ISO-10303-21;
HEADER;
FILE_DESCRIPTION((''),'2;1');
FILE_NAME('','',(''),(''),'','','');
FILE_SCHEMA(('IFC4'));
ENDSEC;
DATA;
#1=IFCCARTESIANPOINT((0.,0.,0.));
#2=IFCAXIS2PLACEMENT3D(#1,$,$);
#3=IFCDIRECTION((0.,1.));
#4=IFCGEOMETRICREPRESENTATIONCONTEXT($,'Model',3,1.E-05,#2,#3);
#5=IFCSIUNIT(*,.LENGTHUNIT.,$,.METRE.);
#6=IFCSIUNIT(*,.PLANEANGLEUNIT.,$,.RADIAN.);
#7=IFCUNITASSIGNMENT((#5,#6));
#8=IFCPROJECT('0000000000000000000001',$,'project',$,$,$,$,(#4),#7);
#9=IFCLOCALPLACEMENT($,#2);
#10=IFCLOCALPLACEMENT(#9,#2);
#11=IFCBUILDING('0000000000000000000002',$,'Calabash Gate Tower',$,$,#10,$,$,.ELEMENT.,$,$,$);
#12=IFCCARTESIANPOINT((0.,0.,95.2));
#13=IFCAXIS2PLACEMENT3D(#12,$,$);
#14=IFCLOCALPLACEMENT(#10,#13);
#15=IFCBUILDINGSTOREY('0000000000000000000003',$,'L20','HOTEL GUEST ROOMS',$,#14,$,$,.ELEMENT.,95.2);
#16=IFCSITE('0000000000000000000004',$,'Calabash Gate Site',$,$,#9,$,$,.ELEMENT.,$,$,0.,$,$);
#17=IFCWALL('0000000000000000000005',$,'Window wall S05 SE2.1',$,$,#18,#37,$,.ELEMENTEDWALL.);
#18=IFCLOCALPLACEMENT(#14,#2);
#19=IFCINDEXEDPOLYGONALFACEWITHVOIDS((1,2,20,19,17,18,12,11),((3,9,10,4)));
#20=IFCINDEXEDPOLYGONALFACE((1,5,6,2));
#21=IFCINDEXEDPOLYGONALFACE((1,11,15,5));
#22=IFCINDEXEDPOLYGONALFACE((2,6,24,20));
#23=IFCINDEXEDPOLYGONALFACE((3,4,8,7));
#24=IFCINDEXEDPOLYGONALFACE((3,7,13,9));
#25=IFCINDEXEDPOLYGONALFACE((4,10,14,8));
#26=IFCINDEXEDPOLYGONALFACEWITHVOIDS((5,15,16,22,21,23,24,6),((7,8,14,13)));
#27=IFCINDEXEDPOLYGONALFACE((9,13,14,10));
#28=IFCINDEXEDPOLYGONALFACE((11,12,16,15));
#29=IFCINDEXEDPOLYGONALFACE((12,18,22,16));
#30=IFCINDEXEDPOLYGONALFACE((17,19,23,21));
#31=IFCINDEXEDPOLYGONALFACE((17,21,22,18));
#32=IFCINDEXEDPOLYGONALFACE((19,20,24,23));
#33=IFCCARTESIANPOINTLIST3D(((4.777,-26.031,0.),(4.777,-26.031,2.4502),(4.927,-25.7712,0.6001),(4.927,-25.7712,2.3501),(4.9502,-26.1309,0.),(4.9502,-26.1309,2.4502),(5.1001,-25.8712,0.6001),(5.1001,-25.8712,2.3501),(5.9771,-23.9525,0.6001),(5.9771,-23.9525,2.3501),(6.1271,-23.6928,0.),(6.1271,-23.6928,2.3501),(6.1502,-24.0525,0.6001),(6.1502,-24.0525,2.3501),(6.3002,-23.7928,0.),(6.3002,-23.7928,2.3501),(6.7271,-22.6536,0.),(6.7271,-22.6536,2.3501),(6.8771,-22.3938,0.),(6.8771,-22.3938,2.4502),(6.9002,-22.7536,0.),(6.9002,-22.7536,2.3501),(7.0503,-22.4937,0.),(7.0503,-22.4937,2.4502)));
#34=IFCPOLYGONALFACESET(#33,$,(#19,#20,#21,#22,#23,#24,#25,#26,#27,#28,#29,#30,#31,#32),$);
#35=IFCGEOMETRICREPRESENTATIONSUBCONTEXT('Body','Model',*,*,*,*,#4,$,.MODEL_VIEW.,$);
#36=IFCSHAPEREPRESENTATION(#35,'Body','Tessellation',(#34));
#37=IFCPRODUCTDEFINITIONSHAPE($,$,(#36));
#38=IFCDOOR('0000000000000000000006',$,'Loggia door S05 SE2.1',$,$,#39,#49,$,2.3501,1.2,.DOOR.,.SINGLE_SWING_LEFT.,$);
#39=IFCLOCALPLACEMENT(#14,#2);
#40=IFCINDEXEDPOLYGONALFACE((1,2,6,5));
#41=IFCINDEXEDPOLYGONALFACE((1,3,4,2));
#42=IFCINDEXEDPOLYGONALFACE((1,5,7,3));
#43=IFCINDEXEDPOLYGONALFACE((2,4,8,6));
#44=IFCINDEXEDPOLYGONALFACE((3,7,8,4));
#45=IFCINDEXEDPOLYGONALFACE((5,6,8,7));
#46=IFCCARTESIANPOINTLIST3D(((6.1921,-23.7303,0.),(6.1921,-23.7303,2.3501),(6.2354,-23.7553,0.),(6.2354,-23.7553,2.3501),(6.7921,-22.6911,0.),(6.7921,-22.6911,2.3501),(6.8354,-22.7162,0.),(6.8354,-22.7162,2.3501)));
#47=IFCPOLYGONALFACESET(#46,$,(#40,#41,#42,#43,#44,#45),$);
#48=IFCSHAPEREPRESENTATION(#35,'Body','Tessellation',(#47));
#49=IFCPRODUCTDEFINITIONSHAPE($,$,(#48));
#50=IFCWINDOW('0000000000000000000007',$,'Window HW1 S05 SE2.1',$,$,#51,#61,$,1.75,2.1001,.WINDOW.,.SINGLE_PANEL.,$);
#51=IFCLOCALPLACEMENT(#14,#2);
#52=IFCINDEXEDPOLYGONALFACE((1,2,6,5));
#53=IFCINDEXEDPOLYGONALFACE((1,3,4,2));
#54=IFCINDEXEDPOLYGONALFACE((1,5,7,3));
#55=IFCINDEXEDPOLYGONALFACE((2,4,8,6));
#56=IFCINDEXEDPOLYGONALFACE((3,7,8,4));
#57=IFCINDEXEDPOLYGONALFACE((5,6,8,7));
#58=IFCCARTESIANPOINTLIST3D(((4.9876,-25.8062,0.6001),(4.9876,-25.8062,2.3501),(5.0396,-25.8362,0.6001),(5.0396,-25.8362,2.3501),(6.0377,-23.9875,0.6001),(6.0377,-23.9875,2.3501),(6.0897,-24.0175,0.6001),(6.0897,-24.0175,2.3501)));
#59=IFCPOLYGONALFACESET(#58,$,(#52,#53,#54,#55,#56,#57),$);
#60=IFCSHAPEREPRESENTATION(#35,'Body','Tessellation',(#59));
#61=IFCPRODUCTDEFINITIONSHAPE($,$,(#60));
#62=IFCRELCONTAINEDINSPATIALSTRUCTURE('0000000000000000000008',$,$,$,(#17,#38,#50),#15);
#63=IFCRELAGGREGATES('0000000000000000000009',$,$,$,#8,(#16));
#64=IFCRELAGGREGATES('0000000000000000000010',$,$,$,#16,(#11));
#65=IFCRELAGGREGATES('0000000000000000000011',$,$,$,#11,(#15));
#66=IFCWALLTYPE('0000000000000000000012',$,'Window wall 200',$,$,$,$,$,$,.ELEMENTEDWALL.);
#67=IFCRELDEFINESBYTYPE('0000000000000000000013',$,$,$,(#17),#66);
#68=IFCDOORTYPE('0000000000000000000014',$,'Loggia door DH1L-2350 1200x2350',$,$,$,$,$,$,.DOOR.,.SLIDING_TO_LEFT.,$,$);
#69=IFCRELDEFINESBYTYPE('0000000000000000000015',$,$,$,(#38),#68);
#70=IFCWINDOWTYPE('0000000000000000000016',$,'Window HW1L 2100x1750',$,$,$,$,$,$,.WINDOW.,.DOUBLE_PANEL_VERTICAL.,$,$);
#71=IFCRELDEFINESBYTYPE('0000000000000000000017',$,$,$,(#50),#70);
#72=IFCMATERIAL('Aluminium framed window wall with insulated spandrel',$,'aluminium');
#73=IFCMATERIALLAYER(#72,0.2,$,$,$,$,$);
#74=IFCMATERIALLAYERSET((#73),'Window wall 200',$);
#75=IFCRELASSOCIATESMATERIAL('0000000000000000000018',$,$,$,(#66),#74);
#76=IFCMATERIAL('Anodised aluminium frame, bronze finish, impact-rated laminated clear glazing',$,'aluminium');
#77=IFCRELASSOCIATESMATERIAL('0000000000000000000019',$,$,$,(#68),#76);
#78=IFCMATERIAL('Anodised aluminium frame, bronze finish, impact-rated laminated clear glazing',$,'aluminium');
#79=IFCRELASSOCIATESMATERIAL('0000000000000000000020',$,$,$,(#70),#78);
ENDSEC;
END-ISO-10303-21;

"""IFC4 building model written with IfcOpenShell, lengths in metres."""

from ifc_helpers import new_model, si_unit, direction, frame, frame_2d, origin, place, context, subcontext, project, spatial, rectangle, extrude, material, layer, layer_set, type_object, element, fill, save


model = new_model("IFC4")

# Units and contexts
model_context = context("Model", 3, precision=1e-05, world=origin(), true_north=direction((0.0, 1.0)))
body_context = subcontext(model_context, "Body", "Model", "MODEL_VIEW")
ifc_project = project(units=[si_unit("LENGTHUNIT", "METRE"), si_unit("PLANEANGLEUNIT", "RADIAN")], contexts=[model_context])

# Site, building, storey
site_placement = place(None, origin())
site = spatial("IfcSite", under=ifc_project, at=site_placement, Name="Calabash Gate Site", CompositionType="ELEMENT", RefElevation=0.0)
building_placement = place(site_placement, origin())
building = spatial("IfcBuilding", under=site, at=building_placement, Name="Calabash Gate Tower", CompositionType="ELEMENT")
storey_placement = place(building_placement, frame((0.0, 0.0, 95.2)))
storey = spatial("IfcBuildingStorey", under=building, at=storey_placement, Name="L20", Description="HOTEL GUEST ROOMS", CompositionType="ELEMENT", Elevation=95.2)

# Wall, openings, door, window
ifc_material_1 = material(Name="Aluminium framed window wall with insulated spandrel", Category="aluminium")
ifc_layer_1 = layer(ifc_material_1, 0.2)
ifc_layer_set_1 = layer_set([ifc_layer_1], Name="Window wall 200")
wall_type_1 = type_object("IfcWallType", Name="Window wall 200", PredefinedType="ELEMENTEDWALL", material=ifc_layer_set_1)
wall_1_placement = place(storey_placement, frame((4.8635, -26.0811, 0.0), z_axis=(0.0, 0.0, 1.0), x_axis=(0.500028, 0.866009, 0.0)))
wall_1 = element("IfcWall", 1, at=wall_1_placement, inside=storey, type_object=wall_type_1, Name="Window wall S05 SE2.1", PredefinedType="ELEMENTEDWALL", context=body_context, shape_type="SweptSolid", body=[
    extrude(rectangle(XDim=4.2, YDim=0.2, at=frame_2d((2.1001, 0.0))), origin(), (0.0, 0.0, 1.0), 2.4502),
])
opening_1_placement = place(wall_1_placement, frame((0.3, 0.0, 0.6001)))
opening_1 = element("IfcOpeningElement", 2, at=opening_1_placement, cuts=wall_1, PredefinedType="OPENING", context=body_context, shape_type="SweptSolid", body=[
    extrude(rectangle(XDim=2.1001, YDim=1.75, at=frame_2d((1.05, 0.875))), frame((0.0, 0.1099, 0.0), z_axis=(0.0, -1.0, 0.0), x_axis=(1.0, 0.0, 0.0)), (0.0, 0.0, 1.0), 0.22),
])
opening_2_placement = place(wall_1_placement, frame((2.7, 0.0, 0.0)))
opening_2 = element("IfcOpeningElement", 3, at=opening_2_placement, cuts=wall_1, PredefinedType="OPENING", context=body_context, shape_type="SweptSolid", body=[
    extrude(rectangle(XDim=1.2, YDim=2.3501, at=frame_2d((0.6001, 1.175))), frame((0.0, 0.1099, 0.0), z_axis=(0.0, -1.0, 0.0), x_axis=(1.0, 0.0, 0.0)), (0.0, 0.0, 1.0), 0.22),
])
ifc_material_2 = material(Name="Anodised aluminium frame, bronze finish, impact-rated laminated clear glazing", Category="aluminium")
door_type_1 = type_object("IfcDoorType", Name="Loggia door DH1L-2350 1200x2350", OperationType="SLIDING_TO_LEFT", PredefinedType="DOOR", material=ifc_material_2)
door_1_placement = place(opening_2_placement, origin())
door_1 = element("IfcDoor", 4, at=door_1_placement, inside=storey, type_object=door_type_1, Name="Loggia door S05 SE2.1", OperationType="SINGLE_SWING_LEFT", OverallHeight=2.3501, OverallWidth=1.2, PredefinedType="DOOR", context=body_context, shape_type="SweptSolid", body=[
    extrude(rectangle(XDim=1.2, YDim=2.3501, at=frame_2d((0.6001, 1.175))), frame((0.0, 0.0249, 0.0), z_axis=(0.0, -1.0, 0.0), x_axis=(1.0, 0.0, 0.0)), (0.0, 0.0, 1.0), 0.05),
])
fill(opening_2, door_1)
ifc_material_3 = material(Name="Anodised aluminium frame, bronze finish, impact-rated laminated clear glazing", Category="aluminium")
window_type_1 = type_object("IfcWindowType", Name="Window HW1L 2100x1750", PartitioningType="DOUBLE_PANEL_VERTICAL", PredefinedType="WINDOW", material=ifc_material_3)
window_1_placement = place(opening_1_placement, origin())
window_1 = element("IfcWindow", 5, at=window_1_placement, inside=storey, type_object=window_type_1, Name="Window HW1 S05 SE2.1", OverallHeight=1.75, OverallWidth=2.1001, PartitioningType="SINGLE_PANEL", PredefinedType="WINDOW", context=body_context, shape_type="SweptSolid", body=[
    extrude(rectangle(XDim=2.1001, YDim=1.75, at=frame_2d((1.05, 0.875))), frame((0.0, 0.03, 0.0), z_axis=(0.0, -1.0, 0.0), x_axis=(1.0, 0.0, 0.0)), (0.0, 0.0, 1.0), 0.0601),
])
fill(opening_1, window_1)

save(model, "model.ifc")
